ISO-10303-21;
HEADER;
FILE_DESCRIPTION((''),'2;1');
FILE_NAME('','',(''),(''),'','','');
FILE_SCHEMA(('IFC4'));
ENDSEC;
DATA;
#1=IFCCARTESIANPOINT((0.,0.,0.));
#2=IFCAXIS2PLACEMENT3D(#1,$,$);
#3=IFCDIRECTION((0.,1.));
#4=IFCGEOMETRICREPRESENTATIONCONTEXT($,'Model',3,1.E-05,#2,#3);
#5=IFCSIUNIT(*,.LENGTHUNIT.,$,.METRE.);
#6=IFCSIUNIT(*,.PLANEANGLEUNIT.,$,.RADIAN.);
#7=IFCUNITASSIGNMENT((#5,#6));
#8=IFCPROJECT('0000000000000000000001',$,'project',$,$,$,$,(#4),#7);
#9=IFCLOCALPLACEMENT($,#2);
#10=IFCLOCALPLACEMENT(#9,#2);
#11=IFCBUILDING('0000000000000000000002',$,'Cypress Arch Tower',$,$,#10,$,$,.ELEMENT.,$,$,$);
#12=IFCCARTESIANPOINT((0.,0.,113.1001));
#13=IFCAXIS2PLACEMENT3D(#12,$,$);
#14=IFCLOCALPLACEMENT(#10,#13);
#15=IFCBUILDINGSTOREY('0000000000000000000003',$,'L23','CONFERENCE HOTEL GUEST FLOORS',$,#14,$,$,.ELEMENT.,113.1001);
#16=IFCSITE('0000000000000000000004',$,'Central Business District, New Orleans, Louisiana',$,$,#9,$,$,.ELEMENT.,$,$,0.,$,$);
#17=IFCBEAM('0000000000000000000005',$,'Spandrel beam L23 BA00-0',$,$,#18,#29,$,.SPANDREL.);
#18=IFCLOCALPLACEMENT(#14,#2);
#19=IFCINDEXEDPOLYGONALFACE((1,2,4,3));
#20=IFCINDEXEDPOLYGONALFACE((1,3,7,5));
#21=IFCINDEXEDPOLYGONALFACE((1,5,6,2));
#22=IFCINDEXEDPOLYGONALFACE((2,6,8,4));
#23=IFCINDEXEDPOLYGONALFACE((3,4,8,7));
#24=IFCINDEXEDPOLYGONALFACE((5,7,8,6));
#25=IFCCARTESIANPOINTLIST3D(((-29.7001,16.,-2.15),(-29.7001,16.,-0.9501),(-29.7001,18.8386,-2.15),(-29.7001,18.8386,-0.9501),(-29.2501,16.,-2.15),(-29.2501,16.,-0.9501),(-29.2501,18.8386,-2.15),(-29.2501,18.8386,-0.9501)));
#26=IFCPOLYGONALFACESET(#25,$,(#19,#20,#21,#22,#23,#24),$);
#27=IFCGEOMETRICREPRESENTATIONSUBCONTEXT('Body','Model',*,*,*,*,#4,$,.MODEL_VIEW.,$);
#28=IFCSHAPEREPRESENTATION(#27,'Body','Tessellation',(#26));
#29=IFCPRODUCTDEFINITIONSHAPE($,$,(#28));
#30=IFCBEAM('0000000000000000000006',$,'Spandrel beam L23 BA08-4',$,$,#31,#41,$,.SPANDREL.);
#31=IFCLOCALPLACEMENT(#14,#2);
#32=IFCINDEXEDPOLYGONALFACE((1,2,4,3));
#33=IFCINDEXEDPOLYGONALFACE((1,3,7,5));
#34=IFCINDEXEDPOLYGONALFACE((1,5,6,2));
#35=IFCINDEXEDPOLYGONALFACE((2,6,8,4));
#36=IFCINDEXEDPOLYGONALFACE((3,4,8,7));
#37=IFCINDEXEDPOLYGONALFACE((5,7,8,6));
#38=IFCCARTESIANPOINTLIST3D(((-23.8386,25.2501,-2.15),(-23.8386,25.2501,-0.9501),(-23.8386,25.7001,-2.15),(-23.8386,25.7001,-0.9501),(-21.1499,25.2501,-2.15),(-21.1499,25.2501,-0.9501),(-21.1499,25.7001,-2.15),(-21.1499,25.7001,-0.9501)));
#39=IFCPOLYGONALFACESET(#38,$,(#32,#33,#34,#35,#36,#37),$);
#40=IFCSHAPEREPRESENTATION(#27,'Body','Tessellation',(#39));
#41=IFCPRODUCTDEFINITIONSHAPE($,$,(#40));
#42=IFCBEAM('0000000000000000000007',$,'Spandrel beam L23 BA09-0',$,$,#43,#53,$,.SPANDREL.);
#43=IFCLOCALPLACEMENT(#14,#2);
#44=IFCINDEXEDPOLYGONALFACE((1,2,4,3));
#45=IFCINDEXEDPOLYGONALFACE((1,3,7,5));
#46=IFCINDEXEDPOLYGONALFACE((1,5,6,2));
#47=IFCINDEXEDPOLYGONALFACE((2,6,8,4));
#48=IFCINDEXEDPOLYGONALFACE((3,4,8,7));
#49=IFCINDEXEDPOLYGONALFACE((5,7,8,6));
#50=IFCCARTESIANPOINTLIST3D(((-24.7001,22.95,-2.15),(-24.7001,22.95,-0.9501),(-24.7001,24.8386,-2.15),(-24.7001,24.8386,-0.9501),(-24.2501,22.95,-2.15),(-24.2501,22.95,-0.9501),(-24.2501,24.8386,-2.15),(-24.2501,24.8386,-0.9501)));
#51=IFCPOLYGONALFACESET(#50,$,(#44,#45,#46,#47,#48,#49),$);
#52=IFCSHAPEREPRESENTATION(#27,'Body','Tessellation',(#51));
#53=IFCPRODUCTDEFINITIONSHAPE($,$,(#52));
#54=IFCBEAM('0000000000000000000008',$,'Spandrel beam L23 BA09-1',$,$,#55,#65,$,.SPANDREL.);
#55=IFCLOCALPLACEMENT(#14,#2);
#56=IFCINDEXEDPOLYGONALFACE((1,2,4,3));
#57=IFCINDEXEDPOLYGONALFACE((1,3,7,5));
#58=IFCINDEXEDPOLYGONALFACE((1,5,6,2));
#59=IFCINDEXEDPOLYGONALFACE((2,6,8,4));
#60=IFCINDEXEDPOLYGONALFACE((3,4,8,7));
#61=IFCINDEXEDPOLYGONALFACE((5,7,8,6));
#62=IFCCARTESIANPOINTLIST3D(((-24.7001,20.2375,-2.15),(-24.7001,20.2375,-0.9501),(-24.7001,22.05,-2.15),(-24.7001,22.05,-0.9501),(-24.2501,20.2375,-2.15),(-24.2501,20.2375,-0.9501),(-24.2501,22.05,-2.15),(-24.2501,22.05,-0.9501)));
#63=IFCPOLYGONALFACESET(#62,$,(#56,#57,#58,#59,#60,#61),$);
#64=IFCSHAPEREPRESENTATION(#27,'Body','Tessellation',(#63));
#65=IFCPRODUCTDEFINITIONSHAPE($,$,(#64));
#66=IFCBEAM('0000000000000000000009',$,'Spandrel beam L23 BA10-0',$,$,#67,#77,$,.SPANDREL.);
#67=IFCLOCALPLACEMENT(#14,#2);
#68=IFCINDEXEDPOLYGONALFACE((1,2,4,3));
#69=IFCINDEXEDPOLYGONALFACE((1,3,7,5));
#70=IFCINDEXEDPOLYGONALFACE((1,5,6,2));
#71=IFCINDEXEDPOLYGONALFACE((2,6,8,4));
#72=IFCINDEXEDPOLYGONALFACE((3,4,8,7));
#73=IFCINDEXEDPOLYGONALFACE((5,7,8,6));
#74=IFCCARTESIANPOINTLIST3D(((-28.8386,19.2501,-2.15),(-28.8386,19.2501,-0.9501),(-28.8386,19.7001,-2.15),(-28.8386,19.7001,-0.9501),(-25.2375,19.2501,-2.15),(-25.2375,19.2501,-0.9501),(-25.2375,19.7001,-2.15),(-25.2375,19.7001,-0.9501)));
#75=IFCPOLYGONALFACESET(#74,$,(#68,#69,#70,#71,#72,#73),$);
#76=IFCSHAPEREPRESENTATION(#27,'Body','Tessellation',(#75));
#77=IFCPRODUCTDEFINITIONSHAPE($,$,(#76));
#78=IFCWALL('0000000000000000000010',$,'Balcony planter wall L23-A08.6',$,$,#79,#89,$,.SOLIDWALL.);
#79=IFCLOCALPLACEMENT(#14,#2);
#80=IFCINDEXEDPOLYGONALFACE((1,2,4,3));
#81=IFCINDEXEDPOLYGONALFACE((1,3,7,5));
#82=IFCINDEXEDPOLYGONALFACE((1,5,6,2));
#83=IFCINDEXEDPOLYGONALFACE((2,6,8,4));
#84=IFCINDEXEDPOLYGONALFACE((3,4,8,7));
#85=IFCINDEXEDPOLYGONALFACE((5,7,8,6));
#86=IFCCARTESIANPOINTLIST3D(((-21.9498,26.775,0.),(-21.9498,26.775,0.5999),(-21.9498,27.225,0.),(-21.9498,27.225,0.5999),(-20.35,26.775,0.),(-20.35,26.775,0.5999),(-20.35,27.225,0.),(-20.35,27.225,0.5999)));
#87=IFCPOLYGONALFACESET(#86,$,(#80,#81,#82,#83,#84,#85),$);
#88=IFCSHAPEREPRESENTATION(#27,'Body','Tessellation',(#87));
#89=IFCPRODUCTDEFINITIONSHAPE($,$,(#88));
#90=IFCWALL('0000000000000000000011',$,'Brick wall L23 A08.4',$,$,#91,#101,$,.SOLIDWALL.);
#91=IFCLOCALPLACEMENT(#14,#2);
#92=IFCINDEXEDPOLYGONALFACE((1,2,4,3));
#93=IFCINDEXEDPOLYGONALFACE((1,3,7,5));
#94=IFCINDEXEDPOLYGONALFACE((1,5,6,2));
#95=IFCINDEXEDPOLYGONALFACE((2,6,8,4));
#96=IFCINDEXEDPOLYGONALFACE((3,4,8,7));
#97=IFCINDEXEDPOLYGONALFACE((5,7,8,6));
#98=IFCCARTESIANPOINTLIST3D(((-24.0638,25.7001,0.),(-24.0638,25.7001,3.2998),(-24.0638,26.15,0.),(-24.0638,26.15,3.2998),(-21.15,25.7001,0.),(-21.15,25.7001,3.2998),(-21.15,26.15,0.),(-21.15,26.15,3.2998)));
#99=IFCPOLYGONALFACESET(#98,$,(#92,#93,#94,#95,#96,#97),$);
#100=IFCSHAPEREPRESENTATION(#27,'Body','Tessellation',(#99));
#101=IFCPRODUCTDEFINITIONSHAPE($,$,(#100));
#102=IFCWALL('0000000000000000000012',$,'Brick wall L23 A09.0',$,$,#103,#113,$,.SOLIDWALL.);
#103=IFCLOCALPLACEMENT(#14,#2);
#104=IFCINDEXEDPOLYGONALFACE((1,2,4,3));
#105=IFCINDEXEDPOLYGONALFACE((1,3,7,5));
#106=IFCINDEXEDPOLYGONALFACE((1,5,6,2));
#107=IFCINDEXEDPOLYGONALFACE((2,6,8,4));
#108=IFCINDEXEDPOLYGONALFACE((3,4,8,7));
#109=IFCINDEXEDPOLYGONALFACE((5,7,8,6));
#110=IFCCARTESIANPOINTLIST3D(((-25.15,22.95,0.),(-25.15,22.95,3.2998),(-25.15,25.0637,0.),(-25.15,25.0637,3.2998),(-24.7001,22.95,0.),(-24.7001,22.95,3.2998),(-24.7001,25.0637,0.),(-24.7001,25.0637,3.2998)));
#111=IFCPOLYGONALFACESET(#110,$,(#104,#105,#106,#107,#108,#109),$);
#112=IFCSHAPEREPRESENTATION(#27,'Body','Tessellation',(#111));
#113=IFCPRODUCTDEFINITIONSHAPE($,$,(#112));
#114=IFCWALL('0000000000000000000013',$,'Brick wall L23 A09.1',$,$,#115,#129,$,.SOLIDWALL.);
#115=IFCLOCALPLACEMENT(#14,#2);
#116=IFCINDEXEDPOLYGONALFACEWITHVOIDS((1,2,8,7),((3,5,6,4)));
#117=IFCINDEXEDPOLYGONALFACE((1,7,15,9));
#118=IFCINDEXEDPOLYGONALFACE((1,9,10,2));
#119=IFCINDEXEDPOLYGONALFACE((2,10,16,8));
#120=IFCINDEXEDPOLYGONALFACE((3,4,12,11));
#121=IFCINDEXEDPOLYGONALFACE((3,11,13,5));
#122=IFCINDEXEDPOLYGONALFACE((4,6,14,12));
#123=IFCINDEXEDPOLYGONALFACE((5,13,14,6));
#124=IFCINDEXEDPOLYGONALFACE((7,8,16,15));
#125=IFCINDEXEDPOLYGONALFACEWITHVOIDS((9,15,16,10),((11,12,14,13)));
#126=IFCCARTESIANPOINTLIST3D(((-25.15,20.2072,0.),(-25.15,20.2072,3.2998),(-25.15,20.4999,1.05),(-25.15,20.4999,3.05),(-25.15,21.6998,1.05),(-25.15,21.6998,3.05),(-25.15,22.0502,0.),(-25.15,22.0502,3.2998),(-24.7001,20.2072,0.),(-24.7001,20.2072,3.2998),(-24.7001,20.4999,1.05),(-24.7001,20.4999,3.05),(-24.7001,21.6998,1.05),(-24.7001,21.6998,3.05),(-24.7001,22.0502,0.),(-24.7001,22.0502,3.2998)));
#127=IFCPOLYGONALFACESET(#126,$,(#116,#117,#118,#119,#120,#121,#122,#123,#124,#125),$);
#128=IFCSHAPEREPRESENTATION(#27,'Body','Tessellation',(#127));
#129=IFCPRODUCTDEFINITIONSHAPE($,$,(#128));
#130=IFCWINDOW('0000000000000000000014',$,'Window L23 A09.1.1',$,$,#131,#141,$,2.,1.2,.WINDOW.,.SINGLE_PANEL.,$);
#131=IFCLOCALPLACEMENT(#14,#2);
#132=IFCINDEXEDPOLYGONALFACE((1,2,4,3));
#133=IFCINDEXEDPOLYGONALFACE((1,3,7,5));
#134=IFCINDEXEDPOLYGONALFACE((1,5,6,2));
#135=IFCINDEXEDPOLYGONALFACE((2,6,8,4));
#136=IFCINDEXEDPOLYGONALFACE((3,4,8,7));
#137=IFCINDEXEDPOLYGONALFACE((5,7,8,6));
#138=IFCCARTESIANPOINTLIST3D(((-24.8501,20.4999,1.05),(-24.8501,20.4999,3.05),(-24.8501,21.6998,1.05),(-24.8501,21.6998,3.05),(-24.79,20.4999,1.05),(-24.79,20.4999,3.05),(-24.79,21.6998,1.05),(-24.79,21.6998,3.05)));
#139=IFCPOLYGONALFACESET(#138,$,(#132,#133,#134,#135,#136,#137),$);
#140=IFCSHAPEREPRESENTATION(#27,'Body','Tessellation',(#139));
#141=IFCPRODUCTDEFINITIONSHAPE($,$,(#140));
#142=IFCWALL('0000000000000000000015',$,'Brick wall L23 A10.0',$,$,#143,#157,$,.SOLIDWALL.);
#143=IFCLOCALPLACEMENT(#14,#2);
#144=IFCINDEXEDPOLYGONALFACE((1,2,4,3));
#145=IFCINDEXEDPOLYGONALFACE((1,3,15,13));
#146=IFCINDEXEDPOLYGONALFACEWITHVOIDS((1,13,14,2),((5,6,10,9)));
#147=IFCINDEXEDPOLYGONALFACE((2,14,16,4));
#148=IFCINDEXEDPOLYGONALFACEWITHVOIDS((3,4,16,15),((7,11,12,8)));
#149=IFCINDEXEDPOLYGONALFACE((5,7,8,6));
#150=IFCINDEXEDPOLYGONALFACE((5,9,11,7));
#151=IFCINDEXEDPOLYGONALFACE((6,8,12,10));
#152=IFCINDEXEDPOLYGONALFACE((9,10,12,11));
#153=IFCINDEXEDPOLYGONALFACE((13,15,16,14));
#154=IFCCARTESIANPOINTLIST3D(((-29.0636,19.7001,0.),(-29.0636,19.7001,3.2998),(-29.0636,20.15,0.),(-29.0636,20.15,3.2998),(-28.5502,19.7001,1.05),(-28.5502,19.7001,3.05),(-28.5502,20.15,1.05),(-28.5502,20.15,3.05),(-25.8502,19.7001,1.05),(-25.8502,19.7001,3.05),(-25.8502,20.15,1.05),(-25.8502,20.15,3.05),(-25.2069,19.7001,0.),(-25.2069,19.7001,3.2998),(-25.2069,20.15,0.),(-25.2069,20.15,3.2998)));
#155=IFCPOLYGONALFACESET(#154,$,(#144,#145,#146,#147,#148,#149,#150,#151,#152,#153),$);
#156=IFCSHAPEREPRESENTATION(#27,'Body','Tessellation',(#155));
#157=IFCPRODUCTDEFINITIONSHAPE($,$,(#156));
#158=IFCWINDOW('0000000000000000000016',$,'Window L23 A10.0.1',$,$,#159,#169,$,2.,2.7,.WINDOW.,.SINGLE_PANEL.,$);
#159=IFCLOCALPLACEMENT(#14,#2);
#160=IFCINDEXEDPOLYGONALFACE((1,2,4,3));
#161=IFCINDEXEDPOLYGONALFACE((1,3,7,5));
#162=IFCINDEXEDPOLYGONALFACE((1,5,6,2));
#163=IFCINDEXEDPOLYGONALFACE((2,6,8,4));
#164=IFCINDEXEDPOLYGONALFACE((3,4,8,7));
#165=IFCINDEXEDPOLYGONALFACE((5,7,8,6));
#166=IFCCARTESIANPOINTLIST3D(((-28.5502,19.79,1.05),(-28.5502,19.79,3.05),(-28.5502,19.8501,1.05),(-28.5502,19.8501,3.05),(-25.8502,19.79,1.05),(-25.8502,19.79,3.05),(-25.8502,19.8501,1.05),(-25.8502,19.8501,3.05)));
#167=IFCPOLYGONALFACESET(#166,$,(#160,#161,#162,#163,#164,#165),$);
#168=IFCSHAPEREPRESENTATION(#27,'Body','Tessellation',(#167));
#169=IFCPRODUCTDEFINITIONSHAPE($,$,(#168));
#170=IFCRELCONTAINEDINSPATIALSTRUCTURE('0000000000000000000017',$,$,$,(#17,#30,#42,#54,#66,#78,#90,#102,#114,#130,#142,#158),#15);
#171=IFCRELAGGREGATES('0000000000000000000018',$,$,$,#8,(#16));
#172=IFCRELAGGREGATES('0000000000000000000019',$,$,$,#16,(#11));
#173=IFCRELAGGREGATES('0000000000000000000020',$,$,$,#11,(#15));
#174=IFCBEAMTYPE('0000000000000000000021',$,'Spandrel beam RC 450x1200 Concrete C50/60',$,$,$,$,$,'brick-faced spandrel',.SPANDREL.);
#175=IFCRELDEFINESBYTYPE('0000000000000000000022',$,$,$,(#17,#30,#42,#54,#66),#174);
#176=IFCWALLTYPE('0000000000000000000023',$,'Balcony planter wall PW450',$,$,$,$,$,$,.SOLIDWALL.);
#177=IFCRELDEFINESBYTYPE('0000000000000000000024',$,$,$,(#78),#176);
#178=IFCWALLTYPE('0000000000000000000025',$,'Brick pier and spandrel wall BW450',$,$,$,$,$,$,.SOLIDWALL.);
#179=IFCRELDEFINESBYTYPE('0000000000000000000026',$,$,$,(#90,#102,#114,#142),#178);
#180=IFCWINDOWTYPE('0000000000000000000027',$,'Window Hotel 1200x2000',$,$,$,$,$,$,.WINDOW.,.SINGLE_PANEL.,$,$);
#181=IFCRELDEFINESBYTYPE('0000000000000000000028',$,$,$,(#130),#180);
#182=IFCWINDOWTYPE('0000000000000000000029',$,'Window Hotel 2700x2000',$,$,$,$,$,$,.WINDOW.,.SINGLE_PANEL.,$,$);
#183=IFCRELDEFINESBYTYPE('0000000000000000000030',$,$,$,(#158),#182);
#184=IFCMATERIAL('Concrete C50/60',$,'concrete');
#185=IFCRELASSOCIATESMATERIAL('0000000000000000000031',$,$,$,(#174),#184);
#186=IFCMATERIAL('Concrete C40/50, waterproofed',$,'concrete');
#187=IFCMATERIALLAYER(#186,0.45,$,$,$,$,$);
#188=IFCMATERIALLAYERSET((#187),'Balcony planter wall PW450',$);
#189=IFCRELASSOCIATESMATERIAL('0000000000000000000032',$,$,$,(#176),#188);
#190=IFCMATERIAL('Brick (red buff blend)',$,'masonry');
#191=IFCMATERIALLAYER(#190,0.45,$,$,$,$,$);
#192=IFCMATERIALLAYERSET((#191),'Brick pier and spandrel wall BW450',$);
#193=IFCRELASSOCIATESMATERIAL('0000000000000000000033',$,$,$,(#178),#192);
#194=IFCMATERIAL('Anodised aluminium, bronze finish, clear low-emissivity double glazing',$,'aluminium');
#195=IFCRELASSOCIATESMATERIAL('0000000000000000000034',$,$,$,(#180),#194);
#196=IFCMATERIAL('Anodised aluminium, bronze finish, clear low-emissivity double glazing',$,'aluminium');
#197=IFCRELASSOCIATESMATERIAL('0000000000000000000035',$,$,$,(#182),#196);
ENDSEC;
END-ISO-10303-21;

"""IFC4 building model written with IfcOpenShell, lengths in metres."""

from ifc_helpers import new_model, si_unit, direction, frame, frame_2d, origin, origin_2d, place, context, subcontext, project, spatial, rectangle, extrude, material, layer, layer_set, material_profile, profile_set, type_object, element, fill, save


model = new_model("IFC4")

# Units and contexts
model_context = context("Model", 3, precision=1e-05, world=origin(), true_north=direction((0.0, 1.0)))
body_context = subcontext(model_context, "Body", "Model", "MODEL_VIEW")
ifc_project = project(units=[si_unit("LENGTHUNIT", "METRE"), si_unit("PLANEANGLEUNIT", "RADIAN")], contexts=[model_context])

# Site, building, storey
site_placement = place(None, origin())
site = spatial("IfcSite", under=ifc_project, at=site_placement, Name="Central Business District, New Orleans, Louisiana", CompositionType="ELEMENT", RefElevation=0.0)
building_placement = place(site_placement, origin())
building = spatial("IfcBuilding", under=site, at=building_placement, Name="Cypress Arch Tower", CompositionType="ELEMENT")
storey_placement = place(building_placement, frame((0.0, 0.0, 113.1001)))
storey = spatial("IfcBuildingStorey", under=building, at=storey_placement, Name="L23", Description="CONFERENCE HOTEL GUEST FLOORS", CompositionType="ELEMENT", Elevation=113.1001)

# Beams
ifc_material_1 = material(Name="Concrete C50/60", Category="concrete")
ifc_material_profile_1 = material_profile(ifc_material_1, rectangle(XDim=0.45, YDim=1.2, at=origin_2d()), Name="RC 450x1200")
ifc_profile_set_1 = profile_set([ifc_material_profile_1], Name="Concrete C50/60")
beam_type_1 = type_object("IfcBeamType", Name="Spandrel beam RC 450x1200 Concrete C50/60", ElementType="brick-faced spandrel", PredefinedType="SPANDREL", material=ifc_profile_set_1)
beam_1_placement = place(storey_placement, frame((-29.4751, 18.8386, -1.55), z_axis=(0.0, -1.0, 0.0), x_axis=(1.0, 0.0, 0.0)))
element("IfcBeam", 1, at=beam_1_placement, inside=storey, type_object=beam_type_1, Name="Spandrel beam L23 BA00-0", PredefinedType="SPANDREL", context=body_context, shape_type="SweptSolid", body=[
    extrude(rectangle(XDim=0.45, YDim=1.2, at=origin_2d()), origin(), (0.0, 0.0, 1.0), 2.8386),
])
beam_2_placement = place(storey_placement, frame((-21.1499, 25.4751, -1.55), z_axis=(-1.0, 0.0, 0.0), x_axis=(0.0, -1.0, 0.0)))
element("IfcBeam", 2, at=beam_2_placement, inside=storey, type_object=beam_type_1, Name="Spandrel beam L23 BA08-4", PredefinedType="SPANDREL", context=body_context, shape_type="SweptSolid", body=[
    extrude(rectangle(XDim=0.45, YDim=1.2, at=origin_2d()), origin(), (0.0, 0.0, 1.0), 2.6887),
])
beam_3_placement = place(storey_placement, frame((-24.4751, 24.8386, -1.55), z_axis=(0.0, -1.0, 0.0), x_axis=(1.0, 0.0, 0.0)))
element("IfcBeam", 3, at=beam_3_placement, inside=storey, type_object=beam_type_1, Name="Spandrel beam L23 BA09-0", PredefinedType="SPANDREL", context=body_context, shape_type="SweptSolid", body=[
    extrude(rectangle(XDim=0.45, YDim=1.2, at=origin_2d()), origin(), (0.0, 0.0, 1.0), 1.8887),
])
beam_4_placement = place(storey_placement, frame((-24.4751, 22.05, -1.55), z_axis=(0.0, -1.0, 0.0), x_axis=(1.0, 0.0, 0.0)))
element("IfcBeam", 4, at=beam_4_placement, inside=storey, type_object=beam_type_1, Name="Spandrel beam L23 BA09-1", PredefinedType="SPANDREL", context=body_context, shape_type="SweptSolid", body=[
    extrude(rectangle(XDim=0.45, YDim=1.2, at=origin_2d()), origin(), (0.0, 0.0, 1.0), 1.8125),
])
beam_5_placement = place(storey_placement, frame((-25.2375, 19.4751, -1.55), z_axis=(-1.0, 0.0, 0.0), x_axis=(0.0, -1.0, 0.0)))
element("IfcBeam", 5, at=beam_5_placement, inside=storey, type_object=beam_type_1, Name="Spandrel beam L23 BA10-0", PredefinedType="SPANDREL", context=body_context, shape_type="SweptSolid", body=[
    extrude(rectangle(XDim=0.45, YDim=1.2, at=origin_2d()), origin(), (0.0, 0.0, 1.0), 3.6011),
])

# Wall
ifc_material_2 = material(Name="Concrete C40/50, waterproofed", Category="concrete")
ifc_layer_1 = layer(ifc_material_2, 0.45)
ifc_layer_set_1 = layer_set([ifc_layer_1], Name="Balcony planter wall PW450")
wall_type_1 = type_object("IfcWallType", Name="Balcony planter wall PW450", PredefinedType="SOLIDWALL", material=ifc_layer_set_1)
wall_1_placement = place(storey_placement, frame((-20.3501, 27.0, 0.0), z_axis=(0.0, 0.0, 1.0), x_axis=(-1.0, 0.0, 0.0)))
element("IfcWall", 6, at=wall_1_placement, inside=storey, type_object=wall_type_1, Name="Balcony planter wall L23-A08.6", PredefinedType="SOLIDWALL", context=body_context, shape_type="SweptSolid", body=[
    extrude(rectangle(XDim=1.5999, YDim=0.45, at=frame_2d((0.7998, 0.0))), origin(), (0.0, 0.0, 1.0), 0.5999),
])

# Shared definitions
ifc_material_3 = material(Name="Brick (red buff blend)", Category="masonry")
ifc_layer_2 = layer(ifc_material_3, 0.45)
ifc_layer_set_2 = layer_set([ifc_layer_2], Name="Brick pier and spandrel wall BW450")
wall_type_2 = type_object("IfcWallType", Name="Brick pier and spandrel wall BW450", PredefinedType="SOLIDWALL", material=ifc_layer_set_2)

# Walls
wall_2_placement = place(storey_placement, frame((-21.1499, 25.925, 0.0), z_axis=(0.0, 0.0, 1.0), x_axis=(-1.0, 0.0, 0.0)))
element("IfcWall", 7, at=wall_2_placement, inside=storey, type_object=wall_type_2, Name="Brick wall L23 A08.4", PredefinedType="SOLIDWALL", context=body_context, shape_type="SweptSolid", body=[
    extrude(rectangle(XDim=2.9138, YDim=0.45, at=frame_2d((1.457, 0.0))), origin(), (0.0, 0.0, 1.0), 3.2998),
])
wall_3_placement = place(storey_placement, frame((-24.925, 25.0637, 0.0), z_axis=(0.0, 0.0, 1.0), x_axis=(0.0, -1.0, 0.0)))
element("IfcWall", 8, at=wall_3_placement, inside=storey, type_object=wall_type_2, Name="Brick wall L23 A09.0", PredefinedType="SOLIDWALL", context=body_context, shape_type="SweptSolid", body=[
    extrude(rectangle(XDim=2.1138, YDim=0.45, at=frame_2d((1.0569, 0.0))), origin(), (0.0, 0.0, 1.0), 3.2998),
])

# Walls, openings, windows
wall_4_placement = place(storey_placement, frame((-24.925, 22.05, 0.0), z_axis=(0.0, 0.0, 1.0), x_axis=(0.0, -1.0, 0.0)))
wall_4 = element("IfcWall", 9, at=wall_4_placement, inside=storey, type_object=wall_type_2, Name="Brick wall L23 A09.1", PredefinedType="SOLIDWALL", context=body_context, shape_type="SweptSolid", body=[
    extrude(rectangle(XDim=1.843, YDim=0.45, at=frame_2d((0.9214, 0.0))), origin(), (0.0, 0.0, 1.0), 3.2998),
])
opening_1_placement = place(wall_4_placement, frame((0.3501, 0.0, 1.05)))
opening_1 = element("IfcOpeningElement", 10, at=opening_1_placement, cuts=wall_4, PredefinedType="OPENING", context=body_context, shape_type="SweptSolid", body=[
    extrude(rectangle(XDim=1.2, YDim=2.0, at=frame_2d((0.6001, 1.0))), frame((0.0, 0.2349, 0.0), z_axis=(0.0, -1.0, 0.0), x_axis=(1.0, 0.0, 0.0)), (0.0, 0.0, 1.0), 0.47),
])
ifc_material_4 = material(Name="Anodised aluminium, bronze finish, clear low-emissivity double glazing", Category="aluminium")
window_type_1 = type_object("IfcWindowType", Name="Window Hotel 1200x2000", PartitioningType="SINGLE_PANEL", PredefinedType="WINDOW", material=ifc_material_4)
window_1_placement = place(opening_1_placement, origin())
window_1 = element("IfcWindow", 11, at=window_1_placement, inside=storey, type_object=window_type_1, Name="Window L23 A09.1.1", OverallHeight=2.0, OverallWidth=1.2, PartitioningType="SINGLE_PANEL", PredefinedType="WINDOW", context=body_context, shape_type="SweptSolid", body=[
    extrude(rectangle(XDim=1.2, YDim=2.0, at=frame_2d((0.6001, 1.0))), frame((0.0, 0.135, 0.0), z_axis=(0.0, -1.0, 0.0), x_axis=(1.0, 0.0, 0.0)), (0.0, 0.0, 1.0), 0.0601),
])
fill(opening_1, window_1)
wall_5_placement = place(storey_placement, frame((-25.207, 19.925, 0.0), z_axis=(0.0, 0.0, 1.0), x_axis=(-1.0, 0.0, 0.0)))
wall_5 = element("IfcWall", 12, at=wall_5_placement, inside=storey, type_object=wall_type_2, Name="Brick wall L23 A10.0", PredefinedType="SOLIDWALL", context=body_context, shape_type="SweptSolid", body=[
    extrude(rectangle(XDim=3.8567, YDim=0.45, at=frame_2d((1.9282, 0.0))), origin(), (0.0, 0.0, 1.0), 3.2998),
])
opening_2_placement = place(wall_5_placement, frame((0.6431, 0.0, 1.05)))
opening_2 = element("IfcOpeningElement", 13, at=opening_2_placement, cuts=wall_5, PredefinedType="OPENING", context=body_context, shape_type="SweptSolid", body=[
    extrude(rectangle(XDim=2.7, YDim=2.0, at=frame_2d((1.3501, 1.0))), frame((0.0, 0.2349, 0.0), z_axis=(0.0, -1.0, 0.0), x_axis=(1.0, 0.0, 0.0)), (0.0, 0.0, 1.0), 0.47),
])
ifc_material_5 = material(Name="Anodised aluminium, bronze finish, clear low-emissivity double glazing", Category="aluminium")
window_type_2 = type_object("IfcWindowType", Name="Window Hotel 2700x2000", PartitioningType="SINGLE_PANEL", PredefinedType="WINDOW", material=ifc_material_5)
window_2_placement = place(opening_2_placement, origin())
window_2 = element("IfcWindow", 14, at=window_2_placement, inside=storey, type_object=window_type_2, Name="Window L23 A10.0.1", OverallHeight=2.0, OverallWidth=2.7, PartitioningType="SINGLE_PANEL", PredefinedType="WINDOW", context=body_context, shape_type="SweptSolid", body=[
    extrude(rectangle(XDim=2.7, YDim=2.0, at=frame_2d((1.3501, 1.0))), frame((0.0, 0.135, 0.0), z_axis=(0.0, -1.0, 0.0), x_axis=(1.0, 0.0, 0.0)), (0.0, 0.0, 1.0), 0.0601),
])
fill(opening_2, window_2)

save(model, "model.ifc")
